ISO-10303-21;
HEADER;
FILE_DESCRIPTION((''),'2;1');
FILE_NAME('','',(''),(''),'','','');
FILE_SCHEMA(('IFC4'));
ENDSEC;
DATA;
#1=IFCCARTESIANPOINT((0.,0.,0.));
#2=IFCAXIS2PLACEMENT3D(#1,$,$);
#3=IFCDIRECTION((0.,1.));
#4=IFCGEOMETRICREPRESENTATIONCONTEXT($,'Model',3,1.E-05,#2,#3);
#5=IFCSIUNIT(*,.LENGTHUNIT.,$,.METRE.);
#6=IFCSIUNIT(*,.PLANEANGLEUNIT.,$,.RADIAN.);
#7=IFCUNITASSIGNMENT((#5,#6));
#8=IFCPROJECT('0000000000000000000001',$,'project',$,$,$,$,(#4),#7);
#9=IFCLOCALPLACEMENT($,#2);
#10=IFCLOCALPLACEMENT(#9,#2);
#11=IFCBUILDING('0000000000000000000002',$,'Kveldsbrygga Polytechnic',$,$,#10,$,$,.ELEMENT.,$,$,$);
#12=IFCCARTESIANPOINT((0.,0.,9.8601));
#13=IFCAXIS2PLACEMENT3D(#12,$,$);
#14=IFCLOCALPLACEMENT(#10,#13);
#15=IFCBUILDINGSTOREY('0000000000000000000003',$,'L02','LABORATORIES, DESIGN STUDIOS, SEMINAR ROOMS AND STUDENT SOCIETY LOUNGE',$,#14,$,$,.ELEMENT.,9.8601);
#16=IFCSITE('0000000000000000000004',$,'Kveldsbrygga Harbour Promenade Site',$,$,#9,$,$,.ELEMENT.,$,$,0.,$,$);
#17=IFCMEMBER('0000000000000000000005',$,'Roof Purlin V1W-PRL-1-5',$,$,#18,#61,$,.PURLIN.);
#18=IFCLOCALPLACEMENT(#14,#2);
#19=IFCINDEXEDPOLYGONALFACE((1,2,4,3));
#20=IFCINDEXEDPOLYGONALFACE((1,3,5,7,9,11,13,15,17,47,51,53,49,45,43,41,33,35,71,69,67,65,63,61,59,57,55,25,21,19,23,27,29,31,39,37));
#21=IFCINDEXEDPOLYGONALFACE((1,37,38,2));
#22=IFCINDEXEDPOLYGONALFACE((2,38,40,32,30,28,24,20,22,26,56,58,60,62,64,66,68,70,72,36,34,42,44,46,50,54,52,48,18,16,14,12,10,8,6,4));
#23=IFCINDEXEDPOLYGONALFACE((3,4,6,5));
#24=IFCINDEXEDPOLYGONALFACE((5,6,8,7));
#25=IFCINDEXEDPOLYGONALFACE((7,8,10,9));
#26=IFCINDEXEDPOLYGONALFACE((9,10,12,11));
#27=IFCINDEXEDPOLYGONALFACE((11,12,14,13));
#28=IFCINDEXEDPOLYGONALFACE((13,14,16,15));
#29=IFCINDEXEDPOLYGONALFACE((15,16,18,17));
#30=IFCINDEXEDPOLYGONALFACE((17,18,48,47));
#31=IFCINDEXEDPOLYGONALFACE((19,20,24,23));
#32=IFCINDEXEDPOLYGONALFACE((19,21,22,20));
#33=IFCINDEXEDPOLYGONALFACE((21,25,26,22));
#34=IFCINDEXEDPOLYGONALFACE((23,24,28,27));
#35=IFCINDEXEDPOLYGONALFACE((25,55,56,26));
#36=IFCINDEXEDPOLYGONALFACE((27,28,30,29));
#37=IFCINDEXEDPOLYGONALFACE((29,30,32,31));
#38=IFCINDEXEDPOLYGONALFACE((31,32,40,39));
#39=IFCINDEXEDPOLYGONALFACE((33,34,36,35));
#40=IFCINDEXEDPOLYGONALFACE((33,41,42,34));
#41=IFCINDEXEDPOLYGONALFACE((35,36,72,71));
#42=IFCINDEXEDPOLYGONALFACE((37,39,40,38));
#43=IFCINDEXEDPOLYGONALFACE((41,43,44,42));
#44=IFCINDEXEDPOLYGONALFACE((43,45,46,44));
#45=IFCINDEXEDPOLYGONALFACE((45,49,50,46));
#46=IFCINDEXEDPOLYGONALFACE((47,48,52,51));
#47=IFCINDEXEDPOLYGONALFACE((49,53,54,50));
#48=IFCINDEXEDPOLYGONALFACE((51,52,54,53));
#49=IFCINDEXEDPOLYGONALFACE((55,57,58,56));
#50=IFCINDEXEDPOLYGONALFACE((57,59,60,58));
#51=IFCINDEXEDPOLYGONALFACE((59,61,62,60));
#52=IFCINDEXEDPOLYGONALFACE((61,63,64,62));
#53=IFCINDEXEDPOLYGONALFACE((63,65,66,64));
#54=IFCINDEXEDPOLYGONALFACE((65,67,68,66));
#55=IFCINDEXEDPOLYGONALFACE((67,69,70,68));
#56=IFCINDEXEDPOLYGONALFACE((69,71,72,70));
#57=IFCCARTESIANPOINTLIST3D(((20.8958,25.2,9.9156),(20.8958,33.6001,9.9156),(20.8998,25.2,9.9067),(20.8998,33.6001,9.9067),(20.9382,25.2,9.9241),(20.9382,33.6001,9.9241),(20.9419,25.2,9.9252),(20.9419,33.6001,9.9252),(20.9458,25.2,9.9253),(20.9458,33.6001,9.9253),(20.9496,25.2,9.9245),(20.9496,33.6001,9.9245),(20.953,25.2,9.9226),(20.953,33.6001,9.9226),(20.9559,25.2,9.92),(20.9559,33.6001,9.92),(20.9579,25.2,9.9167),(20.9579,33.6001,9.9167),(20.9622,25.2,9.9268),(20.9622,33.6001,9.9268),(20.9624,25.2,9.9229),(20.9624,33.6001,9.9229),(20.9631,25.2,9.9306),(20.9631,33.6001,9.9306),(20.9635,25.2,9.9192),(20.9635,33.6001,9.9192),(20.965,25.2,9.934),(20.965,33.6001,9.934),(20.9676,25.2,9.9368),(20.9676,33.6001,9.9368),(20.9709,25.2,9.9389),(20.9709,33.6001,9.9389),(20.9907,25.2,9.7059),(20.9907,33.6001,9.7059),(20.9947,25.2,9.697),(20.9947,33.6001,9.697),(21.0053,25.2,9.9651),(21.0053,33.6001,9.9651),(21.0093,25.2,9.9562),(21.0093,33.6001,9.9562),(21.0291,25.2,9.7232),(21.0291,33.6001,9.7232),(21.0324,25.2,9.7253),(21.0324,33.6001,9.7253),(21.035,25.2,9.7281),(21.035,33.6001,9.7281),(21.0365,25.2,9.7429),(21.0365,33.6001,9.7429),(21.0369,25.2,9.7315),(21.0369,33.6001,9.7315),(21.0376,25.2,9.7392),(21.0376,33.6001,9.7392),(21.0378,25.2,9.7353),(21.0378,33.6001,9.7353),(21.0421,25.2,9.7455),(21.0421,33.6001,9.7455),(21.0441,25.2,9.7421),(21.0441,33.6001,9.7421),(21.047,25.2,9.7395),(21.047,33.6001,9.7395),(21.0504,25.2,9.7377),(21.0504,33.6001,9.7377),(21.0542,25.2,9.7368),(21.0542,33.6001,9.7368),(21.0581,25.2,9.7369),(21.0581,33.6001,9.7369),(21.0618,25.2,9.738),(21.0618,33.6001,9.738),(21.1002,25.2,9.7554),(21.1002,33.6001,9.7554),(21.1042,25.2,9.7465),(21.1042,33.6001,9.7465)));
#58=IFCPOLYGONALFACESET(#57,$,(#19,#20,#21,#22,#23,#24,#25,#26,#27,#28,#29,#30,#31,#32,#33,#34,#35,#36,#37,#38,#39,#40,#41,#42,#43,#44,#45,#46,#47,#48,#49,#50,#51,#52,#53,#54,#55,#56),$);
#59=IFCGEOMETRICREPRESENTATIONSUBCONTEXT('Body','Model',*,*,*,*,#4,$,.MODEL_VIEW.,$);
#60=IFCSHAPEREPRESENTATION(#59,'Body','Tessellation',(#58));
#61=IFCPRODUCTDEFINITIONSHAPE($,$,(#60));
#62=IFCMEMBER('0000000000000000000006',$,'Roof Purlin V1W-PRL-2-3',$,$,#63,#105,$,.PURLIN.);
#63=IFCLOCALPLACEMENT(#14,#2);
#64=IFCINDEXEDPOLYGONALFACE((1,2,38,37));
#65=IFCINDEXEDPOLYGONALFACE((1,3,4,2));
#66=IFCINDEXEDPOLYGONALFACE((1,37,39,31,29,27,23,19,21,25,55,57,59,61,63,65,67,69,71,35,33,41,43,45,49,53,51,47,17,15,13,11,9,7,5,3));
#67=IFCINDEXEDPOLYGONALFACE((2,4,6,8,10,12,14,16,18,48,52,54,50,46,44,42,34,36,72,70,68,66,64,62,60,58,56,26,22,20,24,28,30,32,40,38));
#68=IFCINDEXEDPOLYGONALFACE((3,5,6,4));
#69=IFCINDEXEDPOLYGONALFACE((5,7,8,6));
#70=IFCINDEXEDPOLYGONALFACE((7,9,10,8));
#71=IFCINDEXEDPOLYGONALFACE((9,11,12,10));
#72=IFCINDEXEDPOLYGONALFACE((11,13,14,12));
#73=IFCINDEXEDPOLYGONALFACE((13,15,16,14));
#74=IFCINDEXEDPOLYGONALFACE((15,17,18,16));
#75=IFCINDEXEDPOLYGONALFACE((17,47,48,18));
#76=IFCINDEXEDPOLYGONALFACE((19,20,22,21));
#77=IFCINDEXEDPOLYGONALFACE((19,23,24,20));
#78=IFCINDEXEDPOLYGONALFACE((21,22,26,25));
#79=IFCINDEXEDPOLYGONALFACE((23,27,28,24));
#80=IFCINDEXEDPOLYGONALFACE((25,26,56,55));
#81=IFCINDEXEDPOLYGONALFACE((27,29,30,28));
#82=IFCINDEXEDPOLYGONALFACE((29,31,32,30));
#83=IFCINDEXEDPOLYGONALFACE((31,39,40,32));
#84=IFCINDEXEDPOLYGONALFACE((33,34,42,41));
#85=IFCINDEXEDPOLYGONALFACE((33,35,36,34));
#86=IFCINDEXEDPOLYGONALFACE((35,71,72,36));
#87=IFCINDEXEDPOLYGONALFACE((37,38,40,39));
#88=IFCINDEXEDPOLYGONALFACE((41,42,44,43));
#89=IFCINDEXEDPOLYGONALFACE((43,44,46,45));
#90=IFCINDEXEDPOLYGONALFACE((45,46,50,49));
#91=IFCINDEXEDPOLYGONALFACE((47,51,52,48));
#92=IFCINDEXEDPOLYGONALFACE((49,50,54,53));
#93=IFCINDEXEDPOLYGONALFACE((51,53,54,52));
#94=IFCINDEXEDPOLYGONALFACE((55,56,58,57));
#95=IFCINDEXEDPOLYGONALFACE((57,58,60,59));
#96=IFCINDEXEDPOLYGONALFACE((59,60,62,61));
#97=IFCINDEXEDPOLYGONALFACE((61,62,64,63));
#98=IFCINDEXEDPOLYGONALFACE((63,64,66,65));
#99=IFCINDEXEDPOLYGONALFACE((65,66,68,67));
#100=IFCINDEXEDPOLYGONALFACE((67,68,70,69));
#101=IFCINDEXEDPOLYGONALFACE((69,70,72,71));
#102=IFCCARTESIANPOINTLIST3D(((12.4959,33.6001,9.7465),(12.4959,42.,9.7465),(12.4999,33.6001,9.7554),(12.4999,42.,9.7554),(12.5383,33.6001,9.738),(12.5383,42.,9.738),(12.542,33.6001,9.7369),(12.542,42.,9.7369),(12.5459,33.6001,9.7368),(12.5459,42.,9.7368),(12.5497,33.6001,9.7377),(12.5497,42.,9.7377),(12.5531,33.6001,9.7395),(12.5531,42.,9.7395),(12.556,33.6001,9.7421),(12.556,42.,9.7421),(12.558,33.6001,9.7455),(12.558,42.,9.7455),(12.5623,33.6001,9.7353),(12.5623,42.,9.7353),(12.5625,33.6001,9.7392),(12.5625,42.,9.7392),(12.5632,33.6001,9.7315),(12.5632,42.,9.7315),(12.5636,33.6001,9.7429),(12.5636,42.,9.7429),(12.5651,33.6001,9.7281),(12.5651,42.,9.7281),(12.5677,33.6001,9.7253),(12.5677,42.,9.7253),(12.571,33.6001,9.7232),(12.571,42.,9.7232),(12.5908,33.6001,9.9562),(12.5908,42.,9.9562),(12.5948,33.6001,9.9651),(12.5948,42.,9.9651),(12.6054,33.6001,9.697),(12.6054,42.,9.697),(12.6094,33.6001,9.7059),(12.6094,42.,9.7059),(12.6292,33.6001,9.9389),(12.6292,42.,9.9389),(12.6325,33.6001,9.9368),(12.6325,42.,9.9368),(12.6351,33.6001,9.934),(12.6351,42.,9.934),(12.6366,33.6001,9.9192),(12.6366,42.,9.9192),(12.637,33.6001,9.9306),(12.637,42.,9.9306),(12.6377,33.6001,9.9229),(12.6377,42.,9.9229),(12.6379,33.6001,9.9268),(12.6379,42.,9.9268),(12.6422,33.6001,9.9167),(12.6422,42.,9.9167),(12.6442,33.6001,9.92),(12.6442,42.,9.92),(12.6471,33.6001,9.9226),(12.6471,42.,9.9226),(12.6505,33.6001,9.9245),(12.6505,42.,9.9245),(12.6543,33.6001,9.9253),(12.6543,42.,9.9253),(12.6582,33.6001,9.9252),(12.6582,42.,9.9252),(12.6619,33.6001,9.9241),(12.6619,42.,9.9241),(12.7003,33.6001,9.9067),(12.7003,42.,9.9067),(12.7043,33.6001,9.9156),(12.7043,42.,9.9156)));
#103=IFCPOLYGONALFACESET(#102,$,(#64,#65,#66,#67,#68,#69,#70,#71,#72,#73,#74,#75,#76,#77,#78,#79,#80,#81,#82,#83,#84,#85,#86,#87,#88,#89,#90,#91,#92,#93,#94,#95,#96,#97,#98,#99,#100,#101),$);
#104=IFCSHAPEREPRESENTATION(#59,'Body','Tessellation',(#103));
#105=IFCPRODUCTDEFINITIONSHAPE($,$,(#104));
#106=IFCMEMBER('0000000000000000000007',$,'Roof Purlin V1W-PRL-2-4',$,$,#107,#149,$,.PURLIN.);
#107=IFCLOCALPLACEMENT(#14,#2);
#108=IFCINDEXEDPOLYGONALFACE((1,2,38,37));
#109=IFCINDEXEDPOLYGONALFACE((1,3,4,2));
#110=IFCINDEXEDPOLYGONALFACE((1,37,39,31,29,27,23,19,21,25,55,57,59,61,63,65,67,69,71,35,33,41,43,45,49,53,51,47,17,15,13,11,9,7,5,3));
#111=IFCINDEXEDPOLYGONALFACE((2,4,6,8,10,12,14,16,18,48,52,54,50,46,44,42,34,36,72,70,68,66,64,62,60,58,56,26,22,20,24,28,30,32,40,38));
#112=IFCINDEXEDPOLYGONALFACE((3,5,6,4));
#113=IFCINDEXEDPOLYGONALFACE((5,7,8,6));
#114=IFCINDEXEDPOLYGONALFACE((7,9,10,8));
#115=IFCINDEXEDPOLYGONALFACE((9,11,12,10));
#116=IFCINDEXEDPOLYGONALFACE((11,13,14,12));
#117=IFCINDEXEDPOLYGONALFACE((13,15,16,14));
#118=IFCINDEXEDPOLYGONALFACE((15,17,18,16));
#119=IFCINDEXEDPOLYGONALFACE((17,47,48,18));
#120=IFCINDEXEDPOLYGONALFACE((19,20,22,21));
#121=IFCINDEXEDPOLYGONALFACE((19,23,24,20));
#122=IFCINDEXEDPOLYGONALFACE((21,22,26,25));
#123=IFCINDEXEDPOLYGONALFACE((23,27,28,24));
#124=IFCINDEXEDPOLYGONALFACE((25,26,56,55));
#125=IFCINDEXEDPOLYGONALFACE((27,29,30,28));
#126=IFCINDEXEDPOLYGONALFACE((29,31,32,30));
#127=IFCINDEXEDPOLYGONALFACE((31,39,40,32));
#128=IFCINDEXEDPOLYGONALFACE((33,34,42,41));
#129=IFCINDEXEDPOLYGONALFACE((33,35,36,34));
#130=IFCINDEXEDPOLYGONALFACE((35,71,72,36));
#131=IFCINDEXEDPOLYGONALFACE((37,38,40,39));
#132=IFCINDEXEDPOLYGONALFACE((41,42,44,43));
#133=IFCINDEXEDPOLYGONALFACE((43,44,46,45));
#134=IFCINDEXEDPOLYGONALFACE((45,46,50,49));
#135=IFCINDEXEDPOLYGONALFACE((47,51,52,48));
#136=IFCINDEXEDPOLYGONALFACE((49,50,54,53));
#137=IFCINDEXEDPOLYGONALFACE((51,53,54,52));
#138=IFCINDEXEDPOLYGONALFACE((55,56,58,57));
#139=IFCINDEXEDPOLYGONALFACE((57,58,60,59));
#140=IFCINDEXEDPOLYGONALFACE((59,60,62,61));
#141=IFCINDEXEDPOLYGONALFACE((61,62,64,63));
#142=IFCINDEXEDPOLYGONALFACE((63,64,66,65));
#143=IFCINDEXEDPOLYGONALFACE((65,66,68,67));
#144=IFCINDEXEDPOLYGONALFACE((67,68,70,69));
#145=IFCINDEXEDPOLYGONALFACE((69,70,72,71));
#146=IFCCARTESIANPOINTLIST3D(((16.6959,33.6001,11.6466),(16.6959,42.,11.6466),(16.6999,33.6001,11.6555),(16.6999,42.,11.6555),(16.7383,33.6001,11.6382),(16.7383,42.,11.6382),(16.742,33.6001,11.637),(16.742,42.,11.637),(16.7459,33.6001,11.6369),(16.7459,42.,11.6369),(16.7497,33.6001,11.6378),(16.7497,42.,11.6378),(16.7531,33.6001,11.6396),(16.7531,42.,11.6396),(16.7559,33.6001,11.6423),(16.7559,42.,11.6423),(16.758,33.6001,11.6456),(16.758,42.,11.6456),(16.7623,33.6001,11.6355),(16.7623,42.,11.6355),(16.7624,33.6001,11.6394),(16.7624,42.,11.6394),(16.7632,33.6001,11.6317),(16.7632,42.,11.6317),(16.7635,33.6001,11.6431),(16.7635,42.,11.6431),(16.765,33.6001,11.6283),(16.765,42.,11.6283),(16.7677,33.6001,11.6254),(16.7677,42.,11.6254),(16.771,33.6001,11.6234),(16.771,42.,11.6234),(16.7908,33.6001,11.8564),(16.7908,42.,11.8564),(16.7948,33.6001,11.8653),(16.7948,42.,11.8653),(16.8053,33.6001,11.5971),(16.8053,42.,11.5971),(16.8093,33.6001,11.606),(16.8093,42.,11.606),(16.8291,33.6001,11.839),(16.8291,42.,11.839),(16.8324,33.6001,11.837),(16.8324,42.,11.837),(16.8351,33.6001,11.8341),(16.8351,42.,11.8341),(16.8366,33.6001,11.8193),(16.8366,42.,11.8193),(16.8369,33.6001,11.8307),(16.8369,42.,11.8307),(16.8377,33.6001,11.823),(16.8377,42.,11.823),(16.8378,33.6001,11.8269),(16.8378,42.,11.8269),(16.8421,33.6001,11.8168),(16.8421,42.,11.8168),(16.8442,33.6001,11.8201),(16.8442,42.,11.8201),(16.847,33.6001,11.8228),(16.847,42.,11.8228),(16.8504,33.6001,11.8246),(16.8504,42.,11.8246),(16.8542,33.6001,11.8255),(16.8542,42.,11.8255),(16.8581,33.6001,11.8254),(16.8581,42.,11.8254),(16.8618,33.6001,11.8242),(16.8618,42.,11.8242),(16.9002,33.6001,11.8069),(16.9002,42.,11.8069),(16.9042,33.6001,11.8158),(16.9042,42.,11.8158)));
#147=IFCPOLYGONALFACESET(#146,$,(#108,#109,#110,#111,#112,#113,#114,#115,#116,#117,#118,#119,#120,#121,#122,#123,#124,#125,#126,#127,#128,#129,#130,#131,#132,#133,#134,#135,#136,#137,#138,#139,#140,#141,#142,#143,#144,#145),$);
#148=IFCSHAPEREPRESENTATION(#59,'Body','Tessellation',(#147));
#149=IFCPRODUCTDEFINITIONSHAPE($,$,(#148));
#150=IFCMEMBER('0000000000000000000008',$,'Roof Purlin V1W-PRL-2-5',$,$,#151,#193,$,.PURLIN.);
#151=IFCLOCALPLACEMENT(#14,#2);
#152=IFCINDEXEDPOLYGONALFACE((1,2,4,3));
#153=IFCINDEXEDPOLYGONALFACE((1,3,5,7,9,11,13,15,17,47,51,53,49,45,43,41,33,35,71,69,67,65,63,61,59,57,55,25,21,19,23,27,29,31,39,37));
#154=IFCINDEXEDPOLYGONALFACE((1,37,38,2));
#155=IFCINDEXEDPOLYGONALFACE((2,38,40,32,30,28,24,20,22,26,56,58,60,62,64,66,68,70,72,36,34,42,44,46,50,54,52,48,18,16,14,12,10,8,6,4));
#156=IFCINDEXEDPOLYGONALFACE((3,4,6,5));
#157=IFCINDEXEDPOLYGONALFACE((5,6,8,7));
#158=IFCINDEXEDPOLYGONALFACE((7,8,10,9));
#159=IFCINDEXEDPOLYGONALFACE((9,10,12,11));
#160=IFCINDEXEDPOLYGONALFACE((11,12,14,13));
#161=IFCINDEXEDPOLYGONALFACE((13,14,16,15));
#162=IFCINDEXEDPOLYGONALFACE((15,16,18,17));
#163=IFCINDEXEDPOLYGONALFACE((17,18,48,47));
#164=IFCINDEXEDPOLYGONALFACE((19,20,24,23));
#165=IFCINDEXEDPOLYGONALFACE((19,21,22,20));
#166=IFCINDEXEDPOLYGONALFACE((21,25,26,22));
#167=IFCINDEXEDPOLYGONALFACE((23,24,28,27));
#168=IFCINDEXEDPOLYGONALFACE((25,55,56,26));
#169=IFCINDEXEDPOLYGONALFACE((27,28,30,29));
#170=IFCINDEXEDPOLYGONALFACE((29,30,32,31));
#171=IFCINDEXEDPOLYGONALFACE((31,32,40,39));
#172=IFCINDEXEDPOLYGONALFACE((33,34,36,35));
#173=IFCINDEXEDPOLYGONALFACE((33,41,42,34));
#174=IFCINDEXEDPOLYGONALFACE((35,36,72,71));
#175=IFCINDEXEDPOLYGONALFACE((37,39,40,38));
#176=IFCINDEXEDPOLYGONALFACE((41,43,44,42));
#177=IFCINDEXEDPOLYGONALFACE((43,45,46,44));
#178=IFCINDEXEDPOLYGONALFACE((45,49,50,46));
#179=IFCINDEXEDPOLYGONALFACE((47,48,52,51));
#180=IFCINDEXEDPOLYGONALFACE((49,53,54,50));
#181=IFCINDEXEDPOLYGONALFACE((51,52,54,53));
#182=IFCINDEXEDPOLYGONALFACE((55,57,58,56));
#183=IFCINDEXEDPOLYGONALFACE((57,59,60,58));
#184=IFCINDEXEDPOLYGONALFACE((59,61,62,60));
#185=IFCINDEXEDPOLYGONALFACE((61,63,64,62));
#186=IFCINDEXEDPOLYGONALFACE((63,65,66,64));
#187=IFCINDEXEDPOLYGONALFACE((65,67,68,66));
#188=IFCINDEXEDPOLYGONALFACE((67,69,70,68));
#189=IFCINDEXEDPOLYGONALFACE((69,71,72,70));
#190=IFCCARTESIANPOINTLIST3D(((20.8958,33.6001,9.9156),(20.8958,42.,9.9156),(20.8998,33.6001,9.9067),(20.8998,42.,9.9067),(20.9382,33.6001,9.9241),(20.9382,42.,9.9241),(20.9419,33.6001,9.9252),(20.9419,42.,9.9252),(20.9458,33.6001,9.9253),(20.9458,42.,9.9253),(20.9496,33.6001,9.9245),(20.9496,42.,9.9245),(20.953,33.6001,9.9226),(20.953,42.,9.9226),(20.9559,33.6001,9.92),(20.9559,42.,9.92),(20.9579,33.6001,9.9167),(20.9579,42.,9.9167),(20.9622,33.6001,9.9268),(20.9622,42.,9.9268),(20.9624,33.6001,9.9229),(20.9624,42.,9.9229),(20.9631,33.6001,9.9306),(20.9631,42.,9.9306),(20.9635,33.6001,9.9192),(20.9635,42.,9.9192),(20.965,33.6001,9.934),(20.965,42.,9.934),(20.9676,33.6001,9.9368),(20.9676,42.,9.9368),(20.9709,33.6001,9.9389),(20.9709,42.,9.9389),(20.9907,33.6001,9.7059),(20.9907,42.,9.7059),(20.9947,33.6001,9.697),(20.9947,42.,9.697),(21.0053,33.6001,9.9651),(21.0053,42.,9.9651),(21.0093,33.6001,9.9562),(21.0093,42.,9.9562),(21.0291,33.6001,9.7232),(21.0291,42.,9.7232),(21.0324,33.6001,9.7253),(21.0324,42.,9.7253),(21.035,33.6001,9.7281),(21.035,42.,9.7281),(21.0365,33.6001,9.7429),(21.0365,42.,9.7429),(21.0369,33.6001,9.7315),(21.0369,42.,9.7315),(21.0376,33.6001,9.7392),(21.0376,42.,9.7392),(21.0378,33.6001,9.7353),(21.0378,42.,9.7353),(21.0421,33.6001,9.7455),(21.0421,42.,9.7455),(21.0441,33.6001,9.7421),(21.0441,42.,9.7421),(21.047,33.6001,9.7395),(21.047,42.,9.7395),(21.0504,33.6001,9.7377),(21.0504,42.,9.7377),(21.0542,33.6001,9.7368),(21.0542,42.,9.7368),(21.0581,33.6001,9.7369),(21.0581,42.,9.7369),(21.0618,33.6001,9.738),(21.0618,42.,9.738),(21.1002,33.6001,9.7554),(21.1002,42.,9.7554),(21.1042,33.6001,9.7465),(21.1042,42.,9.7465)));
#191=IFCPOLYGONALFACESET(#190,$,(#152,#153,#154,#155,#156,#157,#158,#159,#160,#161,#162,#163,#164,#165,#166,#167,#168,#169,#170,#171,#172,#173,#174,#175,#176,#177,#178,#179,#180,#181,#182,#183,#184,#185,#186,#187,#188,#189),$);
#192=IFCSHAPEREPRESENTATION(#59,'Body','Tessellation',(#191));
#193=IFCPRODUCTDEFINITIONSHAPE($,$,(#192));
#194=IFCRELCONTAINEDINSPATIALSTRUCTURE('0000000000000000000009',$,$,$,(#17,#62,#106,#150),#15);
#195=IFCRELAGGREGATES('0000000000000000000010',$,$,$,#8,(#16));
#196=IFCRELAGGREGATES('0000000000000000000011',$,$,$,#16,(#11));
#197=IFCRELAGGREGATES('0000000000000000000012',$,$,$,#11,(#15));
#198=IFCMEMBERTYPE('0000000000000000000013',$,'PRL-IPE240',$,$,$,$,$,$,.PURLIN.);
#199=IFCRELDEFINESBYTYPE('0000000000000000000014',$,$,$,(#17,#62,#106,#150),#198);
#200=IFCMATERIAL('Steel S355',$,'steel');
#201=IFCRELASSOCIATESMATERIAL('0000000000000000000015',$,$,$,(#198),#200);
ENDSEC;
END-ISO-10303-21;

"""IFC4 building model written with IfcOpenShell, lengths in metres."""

from ifc_helpers import new_model, si_unit, direction, frame, origin, origin_2d, place, context, subcontext, project, spatial, i_section, extrude, material, material_profile, profile_set, type_object, element, save


model = new_model("IFC4")

# Units and contexts
model_context = context("Model", 3, precision=1e-05, world=origin(), true_north=direction((0.0, 1.0)))
body_context = subcontext(model_context, "Body", "Model", "MODEL_VIEW")
ifc_project = project(units=[si_unit("LENGTHUNIT", "METRE"), si_unit("PLANEANGLEUNIT", "RADIAN")], contexts=[model_context])

# Site, building, storey
site_placement = place(None, origin())
site = spatial("IfcSite", under=ifc_project, at=site_placement, Name="Kveldsbrygga Harbour Promenade Site", CompositionType="ELEMENT", RefElevation=0.0)
building_placement = place(site_placement, origin())
building = spatial("IfcBuilding", under=site, at=building_placement, Name="Kveldsbrygga Polytechnic", CompositionType="ELEMENT")
storey_placement = place(building_placement, frame((0.0, 0.0, 9.8601)))
storey = spatial("IfcBuildingStorey", under=building, at=storey_placement, Name="L02", Description="LABORATORIES, DESIGN STUDIOS, SEMINAR ROOMS AND STUDENT SOCIETY LOUNGE", CompositionType="ELEMENT", Elevation=9.8601)

# Members
ifc_material_1 = material(Name="Steel S355", Category="steel")
ifc_material_profile_1 = material_profile(ifc_material_1, i_section(OverallWidth=0.1201, OverallDepth=0.24, WebThickness=0.0061, FlangeThickness=0.0098, FilletRadius=0.0149, at=origin_2d()), Name="IPE 240")
ifc_profile_set_1 = profile_set([ifc_material_profile_1], Name="Steel S355")
member_type_1 = type_object("IfcMemberType", Name="PRL-IPE240", PredefinedType="PURLIN", material=ifc_profile_set_1)
member_1_placement = place(storey_placement, frame((21.0, 25.2, 9.8311), z_axis=(0.0, 1.0, 0.0), x_axis=(-0.911108, 0.0, -0.412168)))
element("IfcMember", 1, at=member_1_placement, inside=storey, type_object=member_type_1, Name="Roof Purlin V1W-PRL-1-5", PredefinedType="PURLIN", context=body_context, shape_type="SweptSolid", body=[
    extrude(i_section(OverallWidth=0.1201, OverallDepth=0.24, WebThickness=0.0061, FlangeThickness=0.0098, FilletRadius=0.0149, at=origin_2d()), origin(), (0.0, 0.0, 1.0), 8.4001),
])
for number, where, z_axis, x_axis, name in (
    (2, (12.6001, 33.6001, 9.8311), (0.0, 1.0, 0.0), (-0.911108, 0.0, 0.412168), "Roof Purlin V1W-PRL-2-3"),
    (3, (16.8, 33.6001, 11.7312), (0.0, 1.0, 0.0), (-0.911108, 0.0, 0.412168), "Roof Purlin V1W-PRL-2-4"),
    (4, (21.0, 33.6001, 9.8311), (0.0, 1.0, 0.0), (-0.911108, 0.0, -0.412168), "Roof Purlin V1W-PRL-2-5"),
):
    element("IfcMember", number, at=place(storey_placement, frame(where, z_axis=z_axis, x_axis=x_axis)), inside=storey, type_object=member_type_1, Name=name, PredefinedType="PURLIN", context=body_context, shape_type="SweptSolid", body=[
        extrude(i_section(OverallWidth=0.1201, OverallDepth=0.24, WebThickness=0.0061, FlangeThickness=0.0098, FilletRadius=0.0149, at=origin_2d()), origin(), (0.0, 0.0, 1.0), 8.3999),
    ])

save(model, "model.ifc")
